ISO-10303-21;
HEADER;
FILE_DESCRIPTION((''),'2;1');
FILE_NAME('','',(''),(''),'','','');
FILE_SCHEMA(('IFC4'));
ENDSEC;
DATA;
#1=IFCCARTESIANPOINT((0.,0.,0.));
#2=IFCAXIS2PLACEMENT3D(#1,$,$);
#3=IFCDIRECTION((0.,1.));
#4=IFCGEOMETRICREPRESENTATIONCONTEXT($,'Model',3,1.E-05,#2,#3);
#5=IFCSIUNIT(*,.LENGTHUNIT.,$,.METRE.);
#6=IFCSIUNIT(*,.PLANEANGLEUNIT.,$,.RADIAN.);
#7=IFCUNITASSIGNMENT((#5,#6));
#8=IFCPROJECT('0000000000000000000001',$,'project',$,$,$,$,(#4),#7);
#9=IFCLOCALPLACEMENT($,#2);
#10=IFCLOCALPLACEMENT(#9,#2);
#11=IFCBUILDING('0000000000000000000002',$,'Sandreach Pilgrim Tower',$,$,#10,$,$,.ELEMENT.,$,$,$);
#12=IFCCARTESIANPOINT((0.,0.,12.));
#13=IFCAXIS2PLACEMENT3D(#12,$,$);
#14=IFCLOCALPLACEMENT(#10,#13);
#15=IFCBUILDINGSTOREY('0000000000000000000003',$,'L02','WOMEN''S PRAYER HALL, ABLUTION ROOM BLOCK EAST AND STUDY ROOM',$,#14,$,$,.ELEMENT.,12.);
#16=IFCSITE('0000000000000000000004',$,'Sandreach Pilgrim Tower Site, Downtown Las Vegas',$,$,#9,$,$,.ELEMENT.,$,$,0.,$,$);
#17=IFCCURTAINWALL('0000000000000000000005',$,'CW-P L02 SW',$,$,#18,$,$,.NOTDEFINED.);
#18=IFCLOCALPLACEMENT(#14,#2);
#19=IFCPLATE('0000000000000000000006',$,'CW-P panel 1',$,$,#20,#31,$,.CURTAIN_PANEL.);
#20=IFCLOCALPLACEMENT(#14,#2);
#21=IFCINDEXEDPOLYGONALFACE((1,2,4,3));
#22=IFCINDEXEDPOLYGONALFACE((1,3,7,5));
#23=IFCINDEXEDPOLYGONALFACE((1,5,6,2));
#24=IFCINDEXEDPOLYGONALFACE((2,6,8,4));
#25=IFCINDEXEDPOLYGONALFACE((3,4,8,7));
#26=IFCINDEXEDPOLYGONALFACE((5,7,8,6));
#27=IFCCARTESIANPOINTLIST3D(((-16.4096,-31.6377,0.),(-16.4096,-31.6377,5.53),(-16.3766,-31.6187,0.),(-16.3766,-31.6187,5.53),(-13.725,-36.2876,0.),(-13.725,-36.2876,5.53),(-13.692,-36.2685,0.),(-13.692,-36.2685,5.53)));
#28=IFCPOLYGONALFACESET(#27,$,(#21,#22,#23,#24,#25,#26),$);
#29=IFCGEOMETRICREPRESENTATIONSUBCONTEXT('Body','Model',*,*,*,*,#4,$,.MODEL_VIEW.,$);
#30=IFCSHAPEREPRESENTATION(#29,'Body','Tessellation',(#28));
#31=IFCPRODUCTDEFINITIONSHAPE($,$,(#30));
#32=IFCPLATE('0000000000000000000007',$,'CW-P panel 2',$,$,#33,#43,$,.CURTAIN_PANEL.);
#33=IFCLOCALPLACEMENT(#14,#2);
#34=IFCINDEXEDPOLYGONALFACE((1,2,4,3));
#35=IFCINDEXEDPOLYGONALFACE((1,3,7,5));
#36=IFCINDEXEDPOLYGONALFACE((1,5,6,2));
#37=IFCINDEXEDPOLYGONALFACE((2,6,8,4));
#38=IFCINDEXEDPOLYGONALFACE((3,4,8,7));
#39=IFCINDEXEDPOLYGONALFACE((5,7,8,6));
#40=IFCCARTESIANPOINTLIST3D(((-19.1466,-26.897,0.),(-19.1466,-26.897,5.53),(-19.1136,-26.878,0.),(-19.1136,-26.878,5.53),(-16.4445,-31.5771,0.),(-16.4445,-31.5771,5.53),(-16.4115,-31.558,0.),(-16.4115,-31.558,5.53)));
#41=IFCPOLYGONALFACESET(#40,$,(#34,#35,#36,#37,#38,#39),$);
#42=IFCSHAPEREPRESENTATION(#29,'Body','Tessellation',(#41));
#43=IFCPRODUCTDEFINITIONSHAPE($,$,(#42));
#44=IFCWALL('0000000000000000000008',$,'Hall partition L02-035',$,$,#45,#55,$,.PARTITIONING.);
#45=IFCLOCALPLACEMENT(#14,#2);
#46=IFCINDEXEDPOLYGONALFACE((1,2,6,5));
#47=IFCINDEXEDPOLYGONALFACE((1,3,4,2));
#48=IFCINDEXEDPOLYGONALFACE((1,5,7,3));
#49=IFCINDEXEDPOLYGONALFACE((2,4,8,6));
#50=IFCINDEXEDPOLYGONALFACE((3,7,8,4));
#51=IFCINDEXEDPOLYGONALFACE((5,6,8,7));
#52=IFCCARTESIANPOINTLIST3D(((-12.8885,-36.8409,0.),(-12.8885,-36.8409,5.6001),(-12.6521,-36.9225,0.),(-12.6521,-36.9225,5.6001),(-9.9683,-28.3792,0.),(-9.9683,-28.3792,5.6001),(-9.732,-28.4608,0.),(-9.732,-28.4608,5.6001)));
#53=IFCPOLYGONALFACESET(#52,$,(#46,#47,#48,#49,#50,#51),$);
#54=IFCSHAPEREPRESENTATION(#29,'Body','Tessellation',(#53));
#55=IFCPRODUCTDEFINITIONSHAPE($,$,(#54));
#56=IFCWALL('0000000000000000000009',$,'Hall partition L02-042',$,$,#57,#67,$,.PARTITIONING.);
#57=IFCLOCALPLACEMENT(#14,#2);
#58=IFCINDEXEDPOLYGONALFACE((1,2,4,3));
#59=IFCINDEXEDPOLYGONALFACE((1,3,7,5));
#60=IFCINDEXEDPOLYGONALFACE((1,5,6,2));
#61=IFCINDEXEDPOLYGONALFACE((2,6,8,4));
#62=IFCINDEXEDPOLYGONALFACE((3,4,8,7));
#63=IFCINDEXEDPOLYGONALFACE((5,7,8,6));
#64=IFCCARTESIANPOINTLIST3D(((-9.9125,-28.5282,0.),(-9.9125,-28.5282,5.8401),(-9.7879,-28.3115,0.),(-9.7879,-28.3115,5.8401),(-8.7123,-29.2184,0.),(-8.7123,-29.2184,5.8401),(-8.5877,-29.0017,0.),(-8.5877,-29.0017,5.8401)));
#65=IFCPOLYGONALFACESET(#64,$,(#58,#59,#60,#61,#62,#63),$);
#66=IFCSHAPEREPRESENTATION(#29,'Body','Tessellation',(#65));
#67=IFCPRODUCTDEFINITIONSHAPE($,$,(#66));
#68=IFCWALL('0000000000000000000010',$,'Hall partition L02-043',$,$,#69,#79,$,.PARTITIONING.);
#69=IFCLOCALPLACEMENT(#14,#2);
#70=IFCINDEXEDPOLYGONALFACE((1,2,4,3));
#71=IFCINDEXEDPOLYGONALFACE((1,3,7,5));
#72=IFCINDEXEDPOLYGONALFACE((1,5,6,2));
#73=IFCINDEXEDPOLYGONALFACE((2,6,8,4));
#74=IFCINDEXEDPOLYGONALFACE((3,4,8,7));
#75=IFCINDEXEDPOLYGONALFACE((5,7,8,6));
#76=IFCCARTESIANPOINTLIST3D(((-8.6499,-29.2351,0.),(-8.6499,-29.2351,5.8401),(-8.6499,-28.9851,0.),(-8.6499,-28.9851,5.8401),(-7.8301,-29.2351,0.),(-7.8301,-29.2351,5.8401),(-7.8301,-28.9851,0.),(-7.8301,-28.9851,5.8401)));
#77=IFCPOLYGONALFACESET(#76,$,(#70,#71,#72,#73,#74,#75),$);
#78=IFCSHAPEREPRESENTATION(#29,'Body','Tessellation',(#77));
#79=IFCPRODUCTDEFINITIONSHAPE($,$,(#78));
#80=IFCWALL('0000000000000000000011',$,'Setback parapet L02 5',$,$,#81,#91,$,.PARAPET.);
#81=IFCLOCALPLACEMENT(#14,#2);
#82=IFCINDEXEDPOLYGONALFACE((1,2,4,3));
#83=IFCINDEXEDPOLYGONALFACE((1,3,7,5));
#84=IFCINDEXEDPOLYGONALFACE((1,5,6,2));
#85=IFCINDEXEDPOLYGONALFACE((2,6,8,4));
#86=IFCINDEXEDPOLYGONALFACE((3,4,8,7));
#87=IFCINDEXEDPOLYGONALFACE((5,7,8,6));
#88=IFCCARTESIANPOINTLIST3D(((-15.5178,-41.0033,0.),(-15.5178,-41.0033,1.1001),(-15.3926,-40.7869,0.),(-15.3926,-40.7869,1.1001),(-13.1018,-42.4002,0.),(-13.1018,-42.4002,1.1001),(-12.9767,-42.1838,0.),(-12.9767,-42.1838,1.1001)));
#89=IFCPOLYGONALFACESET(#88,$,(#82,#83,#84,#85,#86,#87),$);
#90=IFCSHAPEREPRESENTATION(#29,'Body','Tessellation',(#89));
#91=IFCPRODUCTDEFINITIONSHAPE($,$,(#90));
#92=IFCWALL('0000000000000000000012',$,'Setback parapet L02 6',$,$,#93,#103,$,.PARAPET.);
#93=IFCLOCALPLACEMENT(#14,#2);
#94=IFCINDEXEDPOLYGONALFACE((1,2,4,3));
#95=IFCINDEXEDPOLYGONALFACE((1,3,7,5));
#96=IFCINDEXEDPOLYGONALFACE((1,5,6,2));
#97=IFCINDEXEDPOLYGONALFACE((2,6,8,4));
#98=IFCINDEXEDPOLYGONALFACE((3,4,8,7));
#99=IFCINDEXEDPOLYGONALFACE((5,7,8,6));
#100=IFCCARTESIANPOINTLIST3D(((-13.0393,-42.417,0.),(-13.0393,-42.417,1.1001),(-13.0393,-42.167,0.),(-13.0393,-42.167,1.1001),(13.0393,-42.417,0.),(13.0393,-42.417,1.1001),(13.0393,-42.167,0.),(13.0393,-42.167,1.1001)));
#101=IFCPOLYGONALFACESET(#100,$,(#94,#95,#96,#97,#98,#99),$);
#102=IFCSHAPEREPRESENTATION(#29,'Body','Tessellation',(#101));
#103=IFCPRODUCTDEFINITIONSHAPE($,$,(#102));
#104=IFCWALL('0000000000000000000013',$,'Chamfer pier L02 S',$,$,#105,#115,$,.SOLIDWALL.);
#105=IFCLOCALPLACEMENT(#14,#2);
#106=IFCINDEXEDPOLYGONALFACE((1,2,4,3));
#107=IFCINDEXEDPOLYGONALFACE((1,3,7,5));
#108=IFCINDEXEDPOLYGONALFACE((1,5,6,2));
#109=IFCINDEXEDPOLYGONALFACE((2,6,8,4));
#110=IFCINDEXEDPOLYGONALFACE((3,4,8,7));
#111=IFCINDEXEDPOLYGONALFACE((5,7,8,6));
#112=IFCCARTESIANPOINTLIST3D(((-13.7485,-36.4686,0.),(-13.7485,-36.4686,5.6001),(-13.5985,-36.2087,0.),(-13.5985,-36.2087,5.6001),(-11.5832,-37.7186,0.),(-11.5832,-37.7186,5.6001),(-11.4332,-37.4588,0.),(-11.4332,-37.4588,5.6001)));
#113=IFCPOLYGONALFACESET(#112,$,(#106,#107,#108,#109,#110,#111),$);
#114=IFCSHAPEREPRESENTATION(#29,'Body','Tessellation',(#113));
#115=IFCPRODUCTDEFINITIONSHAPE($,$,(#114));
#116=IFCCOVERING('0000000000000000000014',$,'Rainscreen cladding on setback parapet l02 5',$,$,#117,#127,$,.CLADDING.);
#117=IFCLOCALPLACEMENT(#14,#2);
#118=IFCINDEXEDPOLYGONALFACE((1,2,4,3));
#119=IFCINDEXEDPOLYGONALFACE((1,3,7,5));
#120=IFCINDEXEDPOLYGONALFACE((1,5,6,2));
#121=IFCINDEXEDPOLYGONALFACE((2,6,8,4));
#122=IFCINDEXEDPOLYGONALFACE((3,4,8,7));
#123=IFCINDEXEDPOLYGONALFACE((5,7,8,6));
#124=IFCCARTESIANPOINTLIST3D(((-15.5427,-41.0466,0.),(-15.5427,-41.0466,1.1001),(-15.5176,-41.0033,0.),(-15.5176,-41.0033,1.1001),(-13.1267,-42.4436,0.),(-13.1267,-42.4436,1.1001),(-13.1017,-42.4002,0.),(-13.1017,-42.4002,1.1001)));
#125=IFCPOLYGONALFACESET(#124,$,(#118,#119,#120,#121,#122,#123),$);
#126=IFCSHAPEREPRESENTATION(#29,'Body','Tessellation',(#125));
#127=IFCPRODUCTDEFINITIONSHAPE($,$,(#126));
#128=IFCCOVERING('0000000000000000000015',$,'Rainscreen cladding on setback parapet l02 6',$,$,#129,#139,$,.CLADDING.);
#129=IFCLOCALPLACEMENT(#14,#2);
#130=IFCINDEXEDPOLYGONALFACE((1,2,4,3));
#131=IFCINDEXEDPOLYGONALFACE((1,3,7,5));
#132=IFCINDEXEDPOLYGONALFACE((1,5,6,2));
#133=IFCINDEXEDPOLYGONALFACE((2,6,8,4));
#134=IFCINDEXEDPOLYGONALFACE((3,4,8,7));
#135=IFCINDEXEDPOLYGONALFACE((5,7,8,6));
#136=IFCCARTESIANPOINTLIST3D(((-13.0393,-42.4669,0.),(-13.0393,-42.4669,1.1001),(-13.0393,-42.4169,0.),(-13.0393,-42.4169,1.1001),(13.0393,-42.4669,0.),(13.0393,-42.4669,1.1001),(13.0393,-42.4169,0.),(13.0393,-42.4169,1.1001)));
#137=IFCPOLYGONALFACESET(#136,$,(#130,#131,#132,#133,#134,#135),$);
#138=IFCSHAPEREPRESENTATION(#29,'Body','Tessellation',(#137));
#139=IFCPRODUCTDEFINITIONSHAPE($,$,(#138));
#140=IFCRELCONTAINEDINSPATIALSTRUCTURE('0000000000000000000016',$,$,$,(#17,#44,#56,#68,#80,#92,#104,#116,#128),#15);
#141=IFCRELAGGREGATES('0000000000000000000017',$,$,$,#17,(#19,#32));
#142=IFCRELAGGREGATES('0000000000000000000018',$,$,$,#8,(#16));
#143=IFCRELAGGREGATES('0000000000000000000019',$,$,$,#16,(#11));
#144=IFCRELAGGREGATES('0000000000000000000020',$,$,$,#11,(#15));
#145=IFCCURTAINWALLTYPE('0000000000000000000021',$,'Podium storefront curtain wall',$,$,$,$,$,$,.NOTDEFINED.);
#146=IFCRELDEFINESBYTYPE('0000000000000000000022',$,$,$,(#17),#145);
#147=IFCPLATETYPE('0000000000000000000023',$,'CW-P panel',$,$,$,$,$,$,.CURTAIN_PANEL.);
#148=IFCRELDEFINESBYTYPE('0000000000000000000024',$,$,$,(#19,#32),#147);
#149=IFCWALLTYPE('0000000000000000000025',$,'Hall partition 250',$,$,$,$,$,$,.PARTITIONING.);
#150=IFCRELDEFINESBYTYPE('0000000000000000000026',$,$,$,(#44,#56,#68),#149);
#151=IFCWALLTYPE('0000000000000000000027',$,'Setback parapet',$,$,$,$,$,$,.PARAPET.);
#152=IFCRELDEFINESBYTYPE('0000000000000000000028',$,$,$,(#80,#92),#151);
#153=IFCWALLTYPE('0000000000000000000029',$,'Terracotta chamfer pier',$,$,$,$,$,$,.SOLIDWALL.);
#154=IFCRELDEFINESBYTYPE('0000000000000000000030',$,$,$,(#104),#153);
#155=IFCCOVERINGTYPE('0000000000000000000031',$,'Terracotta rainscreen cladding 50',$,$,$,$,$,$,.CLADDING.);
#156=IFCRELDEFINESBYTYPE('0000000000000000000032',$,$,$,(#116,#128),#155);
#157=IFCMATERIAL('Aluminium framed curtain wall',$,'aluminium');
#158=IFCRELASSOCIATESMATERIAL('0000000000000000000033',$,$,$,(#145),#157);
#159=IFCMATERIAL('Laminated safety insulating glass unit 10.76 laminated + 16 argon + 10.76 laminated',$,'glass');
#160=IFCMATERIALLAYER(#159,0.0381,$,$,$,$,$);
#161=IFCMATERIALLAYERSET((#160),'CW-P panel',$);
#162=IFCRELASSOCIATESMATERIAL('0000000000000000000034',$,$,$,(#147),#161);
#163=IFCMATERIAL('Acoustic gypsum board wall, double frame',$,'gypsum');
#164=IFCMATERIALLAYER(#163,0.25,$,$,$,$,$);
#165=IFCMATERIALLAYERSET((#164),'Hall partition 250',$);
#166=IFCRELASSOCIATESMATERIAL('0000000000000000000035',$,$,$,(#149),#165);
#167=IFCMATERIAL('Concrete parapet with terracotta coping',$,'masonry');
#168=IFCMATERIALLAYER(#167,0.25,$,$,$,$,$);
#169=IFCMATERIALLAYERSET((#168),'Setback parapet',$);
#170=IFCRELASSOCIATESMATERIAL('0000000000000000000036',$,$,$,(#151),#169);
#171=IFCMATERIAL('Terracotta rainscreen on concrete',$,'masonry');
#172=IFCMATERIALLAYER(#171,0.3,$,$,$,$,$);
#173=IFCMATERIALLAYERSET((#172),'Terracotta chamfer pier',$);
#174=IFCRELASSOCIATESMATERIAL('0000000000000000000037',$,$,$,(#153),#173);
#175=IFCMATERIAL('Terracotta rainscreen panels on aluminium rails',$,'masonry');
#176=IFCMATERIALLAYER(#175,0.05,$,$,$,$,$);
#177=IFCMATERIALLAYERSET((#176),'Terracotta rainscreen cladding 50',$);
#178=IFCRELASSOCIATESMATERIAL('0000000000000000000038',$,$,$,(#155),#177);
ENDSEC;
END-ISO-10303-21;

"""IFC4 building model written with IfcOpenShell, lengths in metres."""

from ifc_helpers import new_model, si_unit, direction, frame, frame_2d, origin, origin_2d, place, context, subcontext, project, spatial, rectangle, extrude, material, layer, layer_set, type_object, element, aggregate, save


model = new_model("IFC4")

# Units and contexts
model_context = context("Model", 3, precision=1e-05, world=origin(), true_north=direction((0.0, 1.0)))
body_context = subcontext(model_context, "Body", "Model", "MODEL_VIEW")
ifc_project = project(units=[si_unit("LENGTHUNIT", "METRE"), si_unit("PLANEANGLEUNIT", "RADIAN")], contexts=[model_context])

# Site, building, storey
site_placement = place(None, origin())
site = spatial("IfcSite", under=ifc_project, at=site_placement, Name="Sandreach Pilgrim Tower Site, Downtown Las Vegas", CompositionType="ELEMENT", RefElevation=0.0)
building_placement = place(site_placement, origin())
building = spatial("IfcBuilding", under=site, at=building_placement, Name="Sandreach Pilgrim Tower", CompositionType="ELEMENT")
storey_placement = place(building_placement, frame((0.0, 0.0, 12.0)))
storey = spatial("IfcBuildingStorey", under=building, at=storey_placement, Name="L02", Description="WOMEN'S PRAYER HALL, ABLUTION ROOM BLOCK EAST AND STUDY ROOM", CompositionType="ELEMENT", Elevation=12.0)

# Shared definitions
ifc_material_1 = material(Name="Aluminium framed curtain wall", Category="aluminium")
curtain_wall_type = type_object("IfcCurtainWallType", Name="Podium storefront curtain wall", PredefinedType="NOTDEFINED", material=ifc_material_1)

# Curtain wall
curtain_wall_1_placement = place(storey_placement, origin())
curtain_wall_1 = element("IfcCurtainWall", 1, at=curtain_wall_1_placement, inside=storey, type_object=curtain_wall_type, Name="CW-P L02 SW", PredefinedType="NOTDEFINED")

# Plates
ifc_material_2 = material(Name="Laminated safety insulating glass unit 10.76 laminated + 16 argon + 10.76 laminated", Category="glass")
ifc_layer_1 = layer(ifc_material_2, 0.0381)
ifc_layer_set_1 = layer_set([ifc_layer_1], Name="CW-P panel")
plate_type = type_object("IfcPlateType", Name="CW-P panel", PredefinedType="CURTAIN_PANEL", material=ifc_layer_set_1)
plate_1_placement = place(storey_placement, frame((-15.0508, -33.9531, 0.0), z_axis=(0.0, 0.0, 1.0), x_axis=(-0.5, 0.866025, 0.0)))
plate_1 = element("IfcPlate", 2, at=plate_1_placement, type_object=plate_type, Name="CW-P panel 1", PredefinedType="CURTAIN_PANEL", context=body_context, shape_type="SweptSolid", body=[
    extrude(rectangle(XDim=5.3691, YDim=0.0381, at=origin_2d()), origin(), (0.0, 0.0, 1.0), 5.53),
])
plate_2_placement = place(storey_placement, frame((-17.7791, -29.2275, 0.0), z_axis=(0.0, 0.0, 1.0), x_axis=(-0.5, 0.866025, 0.0)))
plate_2 = element("IfcPlate", 3, at=plate_2_placement, type_object=plate_type, Name="CW-P panel 2", PredefinedType="CURTAIN_PANEL", context=body_context, shape_type="SweptSolid", body=[
    extrude(rectangle(XDim=5.4041, YDim=0.0381, at=origin_2d()), origin(), (0.0, 0.0, 1.0), 5.53),
])
aggregate(curtain_wall_1, [plate_1, plate_2])

# Walls
ifc_material_3 = material(Name="Acoustic gypsum board wall, double frame", Category="gypsum")
ifc_layer_2 = layer(ifc_material_3, 0.25)
ifc_layer_set_2 = layer_set([ifc_layer_2], Name="Hall partition 250")
wall_type_1 = type_object("IfcWallType", Name="Hall partition 250", PredefinedType="PARTITIONING", material=ifc_layer_set_2)
wall_1_placement = place(storey_placement, frame((-12.7703, -36.8816, 0.0), z_axis=(0.0, 0.0, 1.0), x_axis=(0.326225, 0.945292, 0.0)))
element("IfcWall", 4, at=wall_1_placement, inside=storey, type_object=wall_type_1, Name="Hall partition L02-035", PredefinedType="PARTITIONING", context=body_context, shape_type="SweptSolid", body=[
    extrude(rectangle(XDim=8.9514, YDim=0.25, at=frame_2d((4.4756, 0.0))), origin(), (0.0, 0.0, 1.0), 5.6001),
])
wall_2_placement = place(storey_placement, frame((-8.6499, -29.1101, 0.0), z_axis=(0.0, 0.0, 1.0), x_axis=(-0.866883, 0.498511, 0.0)))
element("IfcWall", 5, at=wall_2_placement, inside=storey, type_object=wall_type_1, Name="Hall partition L02-042", PredefinedType="PARTITIONING", context=body_context, shape_type="SweptSolid", body=[
    extrude(rectangle(XDim=1.3845, YDim=0.25, at=frame_2d((0.6924, 0.0))), origin(), (0.0, 0.0, 1.0), 5.8401),
])
wall_3_placement = place(storey_placement, frame((-8.6499, -29.1101, 0.0), z_axis=(0.0, 0.0, 1.0), x_axis=(1.0, 0.0, 0.0)))
element("IfcWall", 6, at=wall_3_placement, inside=storey, type_object=wall_type_1, Name="Hall partition L02-043", PredefinedType="PARTITIONING", context=body_context, shape_type="SweptSolid", body=[
    extrude(rectangle(XDim=0.8198, YDim=0.25, at=frame_2d((0.4099, 0.0))), origin(), (0.0, 0.0, 1.0), 5.8401),
])
ifc_material_4 = material(Name="Concrete parapet with terracotta coping", Category="masonry")
ifc_layer_3 = layer(ifc_material_4, 0.25)
ifc_layer_set_3 = layer_set([ifc_layer_3], Name="Setback parapet")
wall_type_2 = type_object("IfcWallType", Name="Setback parapet", PredefinedType="PARAPET", material=ifc_layer_set_3)
wall_4_placement = place(storey_placement, frame((-15.4553, -40.895, 0.0), z_axis=(0.0, 0.0, 1.0), x_axis=(0.865702, -0.50056, 0.0)))
element("IfcWall", 7, at=wall_4_placement, inside=storey, type_object=wall_type_2, Name="Setback parapet L02 5", PredefinedType="PARAPET", context=body_context, shape_type="SweptSolid", body=[
    extrude(rectangle(XDim=2.7908, YDim=0.25, at=frame_2d((1.3955, 0.0))), origin(), (0.0, 0.0, 1.0), 1.1001),
])
wall_5_placement = place(storey_placement, frame((-13.0393, -42.292, 0.0), z_axis=(0.0, 0.0, 1.0), x_axis=(1.0, 0.0, 0.0)))
element("IfcWall", 8, at=wall_5_placement, inside=storey, type_object=wall_type_2, Name="Setback parapet L02 6", PredefinedType="PARAPET", context=body_context, shape_type="SweptSolid", body=[
    extrude(rectangle(XDim=26.0786, YDim=0.25, at=frame_2d((13.0393, 0.0))), origin(), (0.0, 0.0, 1.0), 1.1001),
])
ifc_material_5 = material(Name="Terracotta rainscreen on concrete", Category="masonry")
ifc_layer_4 = layer(ifc_material_5, 0.3)
ifc_layer_set_4 = layer_set([ifc_layer_4], Name="Terracotta chamfer pier")
wall_type_3 = type_object("IfcWallType", Name="Terracotta chamfer pier", PredefinedType="SOLIDWALL", material=ifc_layer_set_4)
wall_6_placement = place(storey_placement, frame((-11.5083, -37.5886, 0.0), z_axis=(0.0, 0.0, 1.0), x_axis=(-0.866047, 0.499962, 0.0)))
element("IfcWall", 9, at=wall_6_placement, inside=storey, type_object=wall_type_3, Name="Chamfer pier L02 S", PredefinedType="SOLIDWALL", context=body_context, shape_type="SweptSolid", body=[
    extrude(rectangle(XDim=2.5002, YDim=0.3, at=frame_2d((1.25, 0.0))), origin(), (0.0, 0.0, 1.0), 5.6001),
])

# Coverings
ifc_material_6 = material(Name="Terracotta rainscreen panels on aluminium rails", Category="masonry")
ifc_layer_5 = layer(ifc_material_6, 0.05)
ifc_layer_set_5 = layer_set([ifc_layer_5], Name="Terracotta rainscreen cladding 50")
covering_type = type_object("IfcCoveringType", Name="Terracotta rainscreen cladding 50", PredefinedType="CLADDING", material=ifc_layer_set_5)
covering_1_placement = place(storey_placement, frame((-15.5303, -41.0249, 0.0), z_axis=(0.0, 0.0, 1.0), x_axis=(0.865702, -0.50056, 0.0)))
element("IfcCovering", 10, at=covering_1_placement, inside=storey, type_object=covering_type, Name="Rainscreen cladding on setback parapet l02 5", PredefinedType="CLADDING", context=body_context, shape_type="SweptSolid", body=[
    extrude(rectangle(XDim=2.7908, YDim=0.05, at=frame_2d((1.3955, 0.0))), origin(), (0.0, 0.0, 1.0), 1.1001),
])
covering_2_placement = place(storey_placement, frame((-13.0393, -42.4419, 0.0), z_axis=(0.0, 0.0, 1.0), x_axis=(1.0, 0.0, 0.0)))
element("IfcCovering", 11, at=covering_2_placement, inside=storey, type_object=covering_type, Name="Rainscreen cladding on setback parapet l02 6", PredefinedType="CLADDING", context=body_context, shape_type="SweptSolid", body=[
    extrude(rectangle(XDim=26.0786, YDim=0.05, at=frame_2d((13.0393, 0.0))), origin(), (0.0, 0.0, 1.0), 1.1001),
])

save(model, "model.ifc")
